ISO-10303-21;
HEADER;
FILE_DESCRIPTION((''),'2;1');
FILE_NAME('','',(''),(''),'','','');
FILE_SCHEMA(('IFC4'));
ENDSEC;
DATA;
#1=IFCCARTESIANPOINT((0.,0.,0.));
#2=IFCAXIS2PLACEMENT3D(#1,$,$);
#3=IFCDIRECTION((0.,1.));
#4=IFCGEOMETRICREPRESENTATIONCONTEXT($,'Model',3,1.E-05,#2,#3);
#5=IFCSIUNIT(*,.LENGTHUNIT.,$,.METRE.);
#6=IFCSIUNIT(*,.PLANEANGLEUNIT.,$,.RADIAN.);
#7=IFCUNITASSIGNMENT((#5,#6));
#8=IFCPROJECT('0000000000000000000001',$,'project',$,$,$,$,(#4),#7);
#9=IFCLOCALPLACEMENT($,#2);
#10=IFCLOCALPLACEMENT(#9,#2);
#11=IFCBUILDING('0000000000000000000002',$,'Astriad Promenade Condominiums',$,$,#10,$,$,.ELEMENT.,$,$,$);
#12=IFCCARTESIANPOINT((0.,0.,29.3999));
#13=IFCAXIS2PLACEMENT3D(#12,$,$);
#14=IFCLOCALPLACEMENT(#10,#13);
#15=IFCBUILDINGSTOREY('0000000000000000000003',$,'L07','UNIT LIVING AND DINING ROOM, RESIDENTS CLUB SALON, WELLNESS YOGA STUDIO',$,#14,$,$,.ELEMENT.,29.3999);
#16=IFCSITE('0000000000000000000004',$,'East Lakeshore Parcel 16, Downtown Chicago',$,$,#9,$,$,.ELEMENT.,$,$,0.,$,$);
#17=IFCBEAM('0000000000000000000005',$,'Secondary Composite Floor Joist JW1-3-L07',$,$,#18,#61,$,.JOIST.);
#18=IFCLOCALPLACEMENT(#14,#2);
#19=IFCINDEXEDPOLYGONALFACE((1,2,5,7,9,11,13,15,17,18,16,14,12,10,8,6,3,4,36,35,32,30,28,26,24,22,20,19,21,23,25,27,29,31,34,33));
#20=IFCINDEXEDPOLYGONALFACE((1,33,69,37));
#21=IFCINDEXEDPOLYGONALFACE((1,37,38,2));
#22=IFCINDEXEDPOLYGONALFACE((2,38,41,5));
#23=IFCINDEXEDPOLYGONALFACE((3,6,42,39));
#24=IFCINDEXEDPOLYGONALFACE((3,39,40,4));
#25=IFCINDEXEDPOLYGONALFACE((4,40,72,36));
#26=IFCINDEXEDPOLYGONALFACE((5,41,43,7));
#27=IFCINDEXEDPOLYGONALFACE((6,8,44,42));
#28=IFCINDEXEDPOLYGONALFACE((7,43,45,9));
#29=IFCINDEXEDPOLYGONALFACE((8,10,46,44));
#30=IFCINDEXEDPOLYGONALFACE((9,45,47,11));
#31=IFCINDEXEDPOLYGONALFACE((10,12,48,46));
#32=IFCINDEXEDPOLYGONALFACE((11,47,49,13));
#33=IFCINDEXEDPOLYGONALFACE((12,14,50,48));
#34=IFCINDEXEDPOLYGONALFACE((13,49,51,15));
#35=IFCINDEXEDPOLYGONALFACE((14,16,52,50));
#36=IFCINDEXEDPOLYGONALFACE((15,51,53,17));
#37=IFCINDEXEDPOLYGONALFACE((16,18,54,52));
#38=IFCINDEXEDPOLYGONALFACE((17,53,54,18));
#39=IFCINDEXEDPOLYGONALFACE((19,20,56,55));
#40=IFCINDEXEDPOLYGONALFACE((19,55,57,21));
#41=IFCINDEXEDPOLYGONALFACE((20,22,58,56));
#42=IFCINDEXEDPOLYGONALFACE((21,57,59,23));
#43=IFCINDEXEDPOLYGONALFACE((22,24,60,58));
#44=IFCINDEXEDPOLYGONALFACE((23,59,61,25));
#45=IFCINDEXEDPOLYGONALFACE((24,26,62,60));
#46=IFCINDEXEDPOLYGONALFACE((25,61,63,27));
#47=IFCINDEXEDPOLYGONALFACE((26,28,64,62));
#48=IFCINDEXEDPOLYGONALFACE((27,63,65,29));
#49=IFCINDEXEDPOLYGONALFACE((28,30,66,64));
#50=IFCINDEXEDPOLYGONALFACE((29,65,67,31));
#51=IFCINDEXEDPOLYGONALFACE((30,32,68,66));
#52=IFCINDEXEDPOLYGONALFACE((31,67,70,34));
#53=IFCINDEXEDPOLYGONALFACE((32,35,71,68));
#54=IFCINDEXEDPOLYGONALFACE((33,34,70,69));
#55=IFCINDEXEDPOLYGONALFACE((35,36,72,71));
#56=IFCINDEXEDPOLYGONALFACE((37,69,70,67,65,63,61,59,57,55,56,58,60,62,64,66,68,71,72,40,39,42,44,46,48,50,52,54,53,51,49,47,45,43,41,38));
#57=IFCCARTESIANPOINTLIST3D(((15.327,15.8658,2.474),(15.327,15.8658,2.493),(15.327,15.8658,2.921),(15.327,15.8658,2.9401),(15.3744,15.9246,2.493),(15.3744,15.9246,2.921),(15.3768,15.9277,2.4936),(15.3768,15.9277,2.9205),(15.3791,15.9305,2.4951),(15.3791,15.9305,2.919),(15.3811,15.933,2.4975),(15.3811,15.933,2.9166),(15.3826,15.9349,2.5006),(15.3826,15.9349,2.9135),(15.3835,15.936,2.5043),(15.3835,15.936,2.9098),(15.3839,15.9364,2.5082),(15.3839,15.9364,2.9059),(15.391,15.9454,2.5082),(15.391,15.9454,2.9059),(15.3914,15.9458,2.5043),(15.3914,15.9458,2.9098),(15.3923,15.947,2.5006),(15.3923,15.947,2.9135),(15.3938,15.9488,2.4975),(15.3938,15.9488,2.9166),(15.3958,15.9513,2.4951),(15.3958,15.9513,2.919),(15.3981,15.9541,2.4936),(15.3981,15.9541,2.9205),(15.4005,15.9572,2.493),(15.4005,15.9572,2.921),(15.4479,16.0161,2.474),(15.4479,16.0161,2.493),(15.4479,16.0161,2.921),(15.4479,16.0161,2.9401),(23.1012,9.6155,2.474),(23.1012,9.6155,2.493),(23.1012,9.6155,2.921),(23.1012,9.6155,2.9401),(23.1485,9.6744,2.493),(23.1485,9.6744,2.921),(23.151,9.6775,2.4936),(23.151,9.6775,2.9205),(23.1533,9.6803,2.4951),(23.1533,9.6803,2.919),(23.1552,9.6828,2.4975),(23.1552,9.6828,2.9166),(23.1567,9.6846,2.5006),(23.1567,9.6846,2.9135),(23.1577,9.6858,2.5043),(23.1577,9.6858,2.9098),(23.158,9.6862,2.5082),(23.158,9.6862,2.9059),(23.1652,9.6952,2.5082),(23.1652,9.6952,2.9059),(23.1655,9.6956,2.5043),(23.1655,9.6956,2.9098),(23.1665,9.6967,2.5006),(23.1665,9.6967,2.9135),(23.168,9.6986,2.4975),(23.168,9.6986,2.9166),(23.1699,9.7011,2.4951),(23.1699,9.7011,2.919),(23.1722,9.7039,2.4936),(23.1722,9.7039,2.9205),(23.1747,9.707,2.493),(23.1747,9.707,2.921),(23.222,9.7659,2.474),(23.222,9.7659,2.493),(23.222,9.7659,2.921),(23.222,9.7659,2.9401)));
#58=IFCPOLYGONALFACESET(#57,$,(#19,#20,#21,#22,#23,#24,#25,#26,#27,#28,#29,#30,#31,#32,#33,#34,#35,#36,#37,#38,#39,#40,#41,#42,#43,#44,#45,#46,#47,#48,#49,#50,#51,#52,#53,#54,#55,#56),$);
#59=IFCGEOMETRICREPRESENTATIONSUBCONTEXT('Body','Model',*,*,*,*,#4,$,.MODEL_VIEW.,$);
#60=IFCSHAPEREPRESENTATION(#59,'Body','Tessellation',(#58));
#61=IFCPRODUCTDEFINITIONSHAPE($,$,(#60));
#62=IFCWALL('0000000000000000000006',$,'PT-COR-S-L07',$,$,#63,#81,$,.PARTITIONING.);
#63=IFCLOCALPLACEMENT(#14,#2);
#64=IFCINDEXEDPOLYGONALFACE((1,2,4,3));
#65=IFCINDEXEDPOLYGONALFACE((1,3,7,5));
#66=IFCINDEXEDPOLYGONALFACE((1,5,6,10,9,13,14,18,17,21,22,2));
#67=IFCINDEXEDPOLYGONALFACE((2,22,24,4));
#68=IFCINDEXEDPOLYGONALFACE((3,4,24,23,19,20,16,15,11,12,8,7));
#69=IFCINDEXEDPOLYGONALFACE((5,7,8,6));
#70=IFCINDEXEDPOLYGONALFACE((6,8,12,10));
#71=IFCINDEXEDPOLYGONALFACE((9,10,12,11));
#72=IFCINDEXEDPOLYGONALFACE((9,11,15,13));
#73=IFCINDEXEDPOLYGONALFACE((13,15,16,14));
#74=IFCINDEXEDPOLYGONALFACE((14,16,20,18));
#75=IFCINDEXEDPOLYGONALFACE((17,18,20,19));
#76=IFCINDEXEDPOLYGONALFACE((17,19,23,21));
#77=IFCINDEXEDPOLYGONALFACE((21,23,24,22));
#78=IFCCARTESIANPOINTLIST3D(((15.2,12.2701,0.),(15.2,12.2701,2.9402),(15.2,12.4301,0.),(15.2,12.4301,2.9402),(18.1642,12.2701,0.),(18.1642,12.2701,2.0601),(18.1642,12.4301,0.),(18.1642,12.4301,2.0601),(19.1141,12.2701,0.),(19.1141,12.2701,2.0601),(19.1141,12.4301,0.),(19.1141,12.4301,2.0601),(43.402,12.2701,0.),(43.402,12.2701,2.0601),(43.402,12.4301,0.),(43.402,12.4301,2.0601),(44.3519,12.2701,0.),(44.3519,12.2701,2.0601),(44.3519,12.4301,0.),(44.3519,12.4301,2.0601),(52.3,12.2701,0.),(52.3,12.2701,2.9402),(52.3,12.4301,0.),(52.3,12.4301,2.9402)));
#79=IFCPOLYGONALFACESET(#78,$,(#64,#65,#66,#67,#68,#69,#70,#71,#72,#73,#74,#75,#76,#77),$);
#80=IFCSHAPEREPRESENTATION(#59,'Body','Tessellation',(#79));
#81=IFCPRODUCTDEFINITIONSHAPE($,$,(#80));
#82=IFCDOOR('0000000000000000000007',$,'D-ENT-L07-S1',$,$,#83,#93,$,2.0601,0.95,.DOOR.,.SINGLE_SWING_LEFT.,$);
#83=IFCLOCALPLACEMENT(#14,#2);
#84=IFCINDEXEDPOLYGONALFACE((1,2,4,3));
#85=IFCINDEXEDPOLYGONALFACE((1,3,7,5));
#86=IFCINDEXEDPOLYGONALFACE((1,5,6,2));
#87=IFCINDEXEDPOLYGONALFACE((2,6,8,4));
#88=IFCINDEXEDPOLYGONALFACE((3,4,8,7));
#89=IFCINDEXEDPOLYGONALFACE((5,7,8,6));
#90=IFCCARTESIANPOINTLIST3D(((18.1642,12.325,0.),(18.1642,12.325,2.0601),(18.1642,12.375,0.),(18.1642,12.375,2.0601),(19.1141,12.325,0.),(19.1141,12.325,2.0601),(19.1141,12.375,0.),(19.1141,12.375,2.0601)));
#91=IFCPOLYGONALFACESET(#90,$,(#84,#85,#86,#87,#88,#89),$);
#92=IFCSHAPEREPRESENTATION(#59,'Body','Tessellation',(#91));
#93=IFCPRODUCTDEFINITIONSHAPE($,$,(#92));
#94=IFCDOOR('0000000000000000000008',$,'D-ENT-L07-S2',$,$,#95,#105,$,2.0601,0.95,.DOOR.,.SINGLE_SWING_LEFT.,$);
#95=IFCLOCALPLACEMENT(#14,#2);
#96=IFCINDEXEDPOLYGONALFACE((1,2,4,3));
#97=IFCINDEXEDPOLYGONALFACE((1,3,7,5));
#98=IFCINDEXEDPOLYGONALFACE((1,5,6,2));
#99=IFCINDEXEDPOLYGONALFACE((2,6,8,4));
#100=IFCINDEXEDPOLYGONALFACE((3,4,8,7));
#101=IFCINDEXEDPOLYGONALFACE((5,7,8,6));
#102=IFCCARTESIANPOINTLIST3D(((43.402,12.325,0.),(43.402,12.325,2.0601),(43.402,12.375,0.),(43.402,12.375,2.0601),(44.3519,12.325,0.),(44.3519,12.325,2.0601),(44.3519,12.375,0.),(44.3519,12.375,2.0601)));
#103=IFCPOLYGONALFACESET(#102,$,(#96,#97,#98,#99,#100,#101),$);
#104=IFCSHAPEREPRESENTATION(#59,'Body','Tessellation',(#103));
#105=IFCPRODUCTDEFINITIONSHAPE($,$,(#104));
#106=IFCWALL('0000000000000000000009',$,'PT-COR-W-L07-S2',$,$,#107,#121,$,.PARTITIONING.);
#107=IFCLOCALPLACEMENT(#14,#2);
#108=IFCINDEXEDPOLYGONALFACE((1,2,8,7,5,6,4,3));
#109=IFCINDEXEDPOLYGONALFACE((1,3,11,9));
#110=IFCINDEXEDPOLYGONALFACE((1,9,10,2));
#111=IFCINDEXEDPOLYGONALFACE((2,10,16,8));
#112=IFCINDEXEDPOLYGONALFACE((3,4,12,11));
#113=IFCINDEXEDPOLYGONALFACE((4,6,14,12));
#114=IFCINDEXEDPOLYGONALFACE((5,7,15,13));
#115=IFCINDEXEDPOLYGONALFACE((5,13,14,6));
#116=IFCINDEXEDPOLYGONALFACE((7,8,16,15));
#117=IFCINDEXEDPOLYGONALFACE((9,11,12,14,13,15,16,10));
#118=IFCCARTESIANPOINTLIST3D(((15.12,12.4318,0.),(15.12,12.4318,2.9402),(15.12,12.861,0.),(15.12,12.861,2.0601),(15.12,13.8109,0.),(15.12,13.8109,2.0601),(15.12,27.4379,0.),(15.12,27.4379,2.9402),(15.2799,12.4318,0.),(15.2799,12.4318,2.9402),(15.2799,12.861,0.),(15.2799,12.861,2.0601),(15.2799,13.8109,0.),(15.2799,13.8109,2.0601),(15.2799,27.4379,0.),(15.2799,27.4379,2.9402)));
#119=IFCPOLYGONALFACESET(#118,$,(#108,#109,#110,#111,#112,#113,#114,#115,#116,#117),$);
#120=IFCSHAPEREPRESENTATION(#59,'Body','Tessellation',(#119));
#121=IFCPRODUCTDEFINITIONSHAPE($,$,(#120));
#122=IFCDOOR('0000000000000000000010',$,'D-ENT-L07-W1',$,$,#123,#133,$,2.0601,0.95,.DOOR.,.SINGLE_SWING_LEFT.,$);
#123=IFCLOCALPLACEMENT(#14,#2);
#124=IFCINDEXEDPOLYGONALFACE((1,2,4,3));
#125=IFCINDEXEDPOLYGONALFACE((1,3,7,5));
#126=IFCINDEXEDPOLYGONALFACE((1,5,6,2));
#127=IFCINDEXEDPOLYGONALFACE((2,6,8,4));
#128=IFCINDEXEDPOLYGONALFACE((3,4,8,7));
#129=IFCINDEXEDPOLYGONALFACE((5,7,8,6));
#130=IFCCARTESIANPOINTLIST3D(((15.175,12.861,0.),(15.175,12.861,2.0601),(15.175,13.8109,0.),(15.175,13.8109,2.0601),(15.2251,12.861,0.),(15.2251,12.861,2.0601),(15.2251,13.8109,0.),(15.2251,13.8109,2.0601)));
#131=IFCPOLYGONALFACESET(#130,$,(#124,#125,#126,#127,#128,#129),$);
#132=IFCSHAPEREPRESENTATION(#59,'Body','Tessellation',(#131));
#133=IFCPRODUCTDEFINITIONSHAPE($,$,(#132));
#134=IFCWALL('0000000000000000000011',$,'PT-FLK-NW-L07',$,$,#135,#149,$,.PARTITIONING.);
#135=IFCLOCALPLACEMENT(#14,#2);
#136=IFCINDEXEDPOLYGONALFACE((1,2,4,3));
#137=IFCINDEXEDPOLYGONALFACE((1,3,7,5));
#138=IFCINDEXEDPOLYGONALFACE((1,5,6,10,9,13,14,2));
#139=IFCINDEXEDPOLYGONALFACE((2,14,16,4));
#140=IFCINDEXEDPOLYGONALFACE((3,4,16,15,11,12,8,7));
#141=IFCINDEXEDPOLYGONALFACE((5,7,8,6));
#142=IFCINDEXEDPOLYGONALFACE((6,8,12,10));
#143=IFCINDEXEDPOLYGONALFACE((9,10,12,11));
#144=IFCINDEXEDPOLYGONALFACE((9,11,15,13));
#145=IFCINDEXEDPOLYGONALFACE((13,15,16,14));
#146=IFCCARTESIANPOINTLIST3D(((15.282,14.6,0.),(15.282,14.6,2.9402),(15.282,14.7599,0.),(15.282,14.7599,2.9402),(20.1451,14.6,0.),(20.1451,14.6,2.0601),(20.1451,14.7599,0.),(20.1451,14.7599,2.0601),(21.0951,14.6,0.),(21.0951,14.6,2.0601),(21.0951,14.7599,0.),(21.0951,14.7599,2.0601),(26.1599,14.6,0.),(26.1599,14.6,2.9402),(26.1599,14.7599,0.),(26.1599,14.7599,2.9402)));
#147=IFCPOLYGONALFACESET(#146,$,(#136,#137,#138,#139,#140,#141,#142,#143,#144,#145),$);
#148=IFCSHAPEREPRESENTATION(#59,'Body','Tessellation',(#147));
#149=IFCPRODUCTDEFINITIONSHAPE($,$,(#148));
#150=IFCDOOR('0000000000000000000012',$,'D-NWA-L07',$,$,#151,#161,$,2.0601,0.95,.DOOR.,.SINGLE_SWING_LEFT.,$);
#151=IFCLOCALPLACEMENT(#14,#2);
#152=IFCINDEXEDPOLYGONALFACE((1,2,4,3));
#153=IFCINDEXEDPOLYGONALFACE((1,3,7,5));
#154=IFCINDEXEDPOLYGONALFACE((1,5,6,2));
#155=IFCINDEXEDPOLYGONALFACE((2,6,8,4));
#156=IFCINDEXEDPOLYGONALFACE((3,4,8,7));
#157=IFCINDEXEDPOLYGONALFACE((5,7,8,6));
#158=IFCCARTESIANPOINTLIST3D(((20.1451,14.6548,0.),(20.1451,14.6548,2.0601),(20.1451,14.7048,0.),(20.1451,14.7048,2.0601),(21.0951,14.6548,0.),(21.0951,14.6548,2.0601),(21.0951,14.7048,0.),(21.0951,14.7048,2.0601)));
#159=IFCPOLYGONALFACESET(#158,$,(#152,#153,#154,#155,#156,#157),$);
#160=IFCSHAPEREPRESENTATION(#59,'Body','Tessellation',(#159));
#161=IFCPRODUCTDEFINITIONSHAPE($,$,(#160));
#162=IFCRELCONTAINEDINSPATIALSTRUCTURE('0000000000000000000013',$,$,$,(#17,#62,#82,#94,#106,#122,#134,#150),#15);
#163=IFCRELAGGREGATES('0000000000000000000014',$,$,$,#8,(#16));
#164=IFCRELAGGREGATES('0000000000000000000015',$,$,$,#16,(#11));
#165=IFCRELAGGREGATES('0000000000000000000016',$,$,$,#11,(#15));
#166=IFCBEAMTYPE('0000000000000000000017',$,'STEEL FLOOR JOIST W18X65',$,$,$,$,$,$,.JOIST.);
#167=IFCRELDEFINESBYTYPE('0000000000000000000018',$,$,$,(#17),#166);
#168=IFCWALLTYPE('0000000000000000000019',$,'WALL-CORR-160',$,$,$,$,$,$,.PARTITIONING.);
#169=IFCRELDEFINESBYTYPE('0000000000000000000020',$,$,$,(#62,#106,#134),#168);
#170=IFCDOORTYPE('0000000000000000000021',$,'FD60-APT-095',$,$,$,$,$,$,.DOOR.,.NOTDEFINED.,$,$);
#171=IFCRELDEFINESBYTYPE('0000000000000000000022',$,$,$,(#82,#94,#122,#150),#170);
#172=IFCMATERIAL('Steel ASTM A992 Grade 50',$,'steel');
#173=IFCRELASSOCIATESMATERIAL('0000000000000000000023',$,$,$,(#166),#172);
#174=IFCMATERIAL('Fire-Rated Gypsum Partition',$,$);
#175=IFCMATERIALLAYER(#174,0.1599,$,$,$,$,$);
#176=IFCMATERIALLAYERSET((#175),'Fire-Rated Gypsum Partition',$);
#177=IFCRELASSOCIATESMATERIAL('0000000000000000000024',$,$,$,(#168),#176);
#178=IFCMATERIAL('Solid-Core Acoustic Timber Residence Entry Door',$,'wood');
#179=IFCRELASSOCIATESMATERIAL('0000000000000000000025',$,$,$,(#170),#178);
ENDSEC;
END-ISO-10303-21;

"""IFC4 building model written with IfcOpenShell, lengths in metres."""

from ifc_helpers import new_model, si_unit, direction, frame, frame_2d, origin, origin_2d, place, context, subcontext, project, spatial, rectangle, i_section, extrude, source, transform, mapped, material, layer, layer_set, material_profile, profile_set, type_object, type_shapes, element, fill, save


model = new_model("IFC4")

# Units and contexts
model_context = context("Model", 3, precision=1e-05, world=origin(), true_north=direction((0.0, 1.0)))
body_context = subcontext(model_context, "Body", "Model", "MODEL_VIEW")
ifc_project = project(units=[si_unit("LENGTHUNIT", "METRE"), si_unit("PLANEANGLEUNIT", "RADIAN")], contexts=[model_context])

# Site, building, storey
site_placement = place(None, origin())
site = spatial("IfcSite", under=ifc_project, at=site_placement, Name="East Lakeshore Parcel 16, Downtown Chicago", CompositionType="ELEMENT", RefElevation=0.0)
building_placement = place(site_placement, origin())
building = spatial("IfcBuilding", under=site, at=building_placement, Name="Astriad Promenade Condominiums", CompositionType="ELEMENT")
storey_placement = place(building_placement, frame((0.0, 0.0, 29.3999)))
storey = spatial("IfcBuildingStorey", under=building, at=storey_placement, Name="L07", Description="UNIT LIVING AND DINING ROOM, RESIDENTS CLUB SALON, WELLNESS YOGA STUDIO", CompositionType="ELEMENT", Elevation=29.3999)

# Beam
ifc_material_1 = material(Name="Steel ASTM A992 Grade 50", Category="steel")
ifc_material_profile = material_profile(ifc_material_1, i_section(OverallWidth=0.1929, OverallDepth=0.4661, WebThickness=0.0115, FlangeThickness=0.019, FilletRadius=0.0151, at=origin_2d()), Name="W18X65")
ifc_profile_set = profile_set([ifc_material_profile], Name="Steel ASTM A992 Grade 50")
beam_type = type_object("IfcBeamType", Name="STEEL FLOOR JOIST W18X65", PredefinedType="JOIST", material=ifc_profile_set)
shared_shape_1 = source(origin(), body_context, "Body", "SweptSolid", [
    extrude(i_section(OverallWidth=0.1929, OverallDepth=0.4661, WebThickness=0.0115, FlangeThickness=0.019, FilletRadius=0.0151, at=origin_2d()), origin(), (0.0, 0.0, 1.0), 9.9751),
])
type_shapes(beam_type, [shared_shape_1])
beam_placement = place(storey_placement, frame((15.3875, 15.9409, 2.707), z_axis=(0.779355, -0.626583, 0.0), x_axis=(0.626583, 0.779355, 0.0)))
element("IfcBeam", 1, at=beam_placement, inside=storey, type_object=beam_type, Name="Secondary Composite Floor Joist JW1-3-L07", PredefinedType="JOIST", context=body_context, shape_type="MappedRepresentation", body=[
    mapped(shared_shape_1, transform((0.0, 0.0, 0.0), scale=1.0)),
])

# Wall, openings, doors
ifc_material_2 = material(Name="Fire-Rated Gypsum Partition")
ifc_layer_1 = layer(ifc_material_2, 0.1599)
ifc_layer_set_1 = layer_set([ifc_layer_1], Name="Fire-Rated Gypsum Partition")
wall_type_1 = type_object("IfcWallType", Name="WALL-CORR-160", PredefinedType="PARTITIONING", material=ifc_layer_set_1)
wall_1_placement = place(storey_placement, frame((15.2, 12.3501, 0.0), z_axis=(0.0, 0.0, 1.0), x_axis=(1.0, 0.0, 0.0)))
wall_1 = element("IfcWall", 2, at=wall_1_placement, inside=storey, type_object=wall_type_1, Name="PT-COR-S-L07", PredefinedType="PARTITIONING", context=body_context, shape_type="SweptSolid", body=[
    extrude(rectangle(XDim=37.1001, YDim=0.1599, at=frame_2d((18.55, 0.0))), origin(), (0.0, 0.0, 1.0), 2.9402),
])
opening_1_placement = place(wall_1_placement, frame((2.9641, 0.0, 0.0)))
opening_1 = element("IfcOpeningElement", 3, at=opening_1_placement, cuts=wall_1, PredefinedType="OPENING", context=body_context, shape_type="SweptSolid", body=[
    extrude(rectangle(XDim=0.95, YDim=2.0601, at=frame_2d((0.4751, 1.03))), frame((0.0, 0.0898, 0.0), z_axis=(0.0, -1.0, 0.0), x_axis=(1.0, 0.0, 0.0)), (0.0, 0.0, 1.0), 0.1799),
])
opening_2_placement = place(wall_1_placement, frame((28.2019, 0.0, 0.0)))
opening_2 = element("IfcOpeningElement", 4, at=opening_2_placement, cuts=wall_1, PredefinedType="OPENING", context=body_context, shape_type="SweptSolid", body=[
    extrude(rectangle(XDim=0.95, YDim=2.0601, at=frame_2d((0.4751, 1.03))), frame((0.0, 0.0898, 0.0), z_axis=(0.0, -1.0, 0.0), x_axis=(1.0, 0.0, 0.0)), (0.0, 0.0, 1.0), 0.1799),
])
ifc_material_3 = material(Name="Solid-Core Acoustic Timber Residence Entry Door", Category="wood")
door_type_1 = type_object("IfcDoorType", Name="FD60-APT-095", OperationType="NOTDEFINED", PredefinedType="DOOR", material=ifc_material_3)
shared_shape_2 = source(origin(), body_context, "Body", "SweptSolid", [
    extrude(rectangle(XDim=0.95, YDim=2.0601, at=frame_2d((0.4751, 1.03))), frame((0.0, 0.0249, 0.0), z_axis=(0.0, -1.0, 0.0), x_axis=(1.0, 0.0, 0.0)), (0.0, 0.0, 1.0), 0.05),
])
type_shapes(door_type_1, [shared_shape_2])
door_1_placement = place(opening_1_placement, origin())
door_1 = element("IfcDoor", 5, at=door_1_placement, inside=storey, type_object=door_type_1, Name="D-ENT-L07-S1", OperationType="SINGLE_SWING_LEFT", OverallHeight=2.0601, OverallWidth=0.95, PredefinedType="DOOR", context=body_context, shape_type="MappedRepresentation", body=[
    mapped(shared_shape_2, transform((0.0, 0.0, 0.0), scale=1.0)),
])
fill(opening_1, door_1)
door_2_placement = place(opening_2_placement, origin())
door_2 = element("IfcDoor", 6, at=door_2_placement, inside=storey, type_object=door_type_1, Name="D-ENT-L07-S2", OperationType="SINGLE_SWING_LEFT", OverallHeight=2.0601, OverallWidth=0.95, PredefinedType="DOOR", context=body_context, shape_type="MappedRepresentation", body=[
    mapped(shared_shape_2, transform((0.0, 0.0, 0.0), scale=1.0)),
])
fill(opening_2, door_2)

# Walls, openings, doors
wall_2_placement = place(storey_placement, frame((15.2, 12.4319, 0.0), z_axis=(0.0, 0.0, 1.0), x_axis=(0.0, 1.0, 0.0)))
wall_2 = element("IfcWall", 7, at=wall_2_placement, inside=storey, type_object=wall_type_1, Name="PT-COR-W-L07-S2", PredefinedType="PARTITIONING", context=body_context, shape_type="SweptSolid", body=[
    extrude(rectangle(XDim=15.0061, YDim=0.1599, at=frame_2d((7.5029, 0.0))), origin(), (0.0, 0.0, 1.0), 2.9402),
])
opening_3_placement = place(wall_2_placement, frame((0.429, 0.0, 0.0)))
opening_3 = element("IfcOpeningElement", 8, at=opening_3_placement, cuts=wall_2, PredefinedType="OPENING", context=body_context, shape_type="SweptSolid", body=[
    extrude(rectangle(XDim=0.95, YDim=2.0601, at=frame_2d((0.4751, 1.03))), frame((0.0, 0.0898, 0.0), z_axis=(0.0, -1.0, 0.0), x_axis=(1.0, 0.0, 0.0)), (0.0, 0.0, 1.0), 0.1799),
])
door_3_placement = place(opening_3_placement, origin())
door_3 = element("IfcDoor", 9, at=door_3_placement, inside=storey, type_object=door_type_1, Name="D-ENT-L07-W1", OperationType="SINGLE_SWING_LEFT", OverallHeight=2.0601, OverallWidth=0.95, PredefinedType="DOOR", context=body_context, shape_type="MappedRepresentation", body=[
    mapped(shared_shape_2, transform((0.0, 0.0, 0.0), scale=1.0)),
])
fill(opening_3, door_3)
wall_3_placement = place(storey_placement, frame((15.282, 14.6799, 0.0), z_axis=(0.0, 0.0, 1.0), x_axis=(1.0, 0.0, 0.0)))
wall_3 = element("IfcWall", 10, at=wall_3_placement, inside=storey, type_object=wall_type_1, Name="PT-FLK-NW-L07", PredefinedType="PARTITIONING", context=body_context, shape_type="SweptSolid", body=[
    extrude(rectangle(XDim=10.8779, YDim=0.1599, at=frame_2d((5.439, 0.0))), origin(), (0.0, 0.0, 1.0), 2.9402),
])
opening_4_placement = place(wall_3_placement, frame((4.863, 0.0, 0.0)))
opening_4 = element("IfcOpeningElement", 11, at=opening_4_placement, cuts=wall_3, PredefinedType="OPENING", context=body_context, shape_type="SweptSolid", body=[
    extrude(rectangle(XDim=0.95, YDim=2.0601, at=frame_2d((0.4751, 1.03))), frame((0.0, 0.0898, 0.0), z_axis=(0.0, -1.0, 0.0), x_axis=(1.0, 0.0, 0.0)), (0.0, 0.0, 1.0), 0.1799),
])
door_4_placement = place(opening_4_placement, origin())
door_4 = element("IfcDoor", 12, at=door_4_placement, inside=storey, type_object=door_type_1, Name="D-NWA-L07", OperationType="SINGLE_SWING_LEFT", OverallHeight=2.0601, OverallWidth=0.95, PredefinedType="DOOR", context=body_context, shape_type="MappedRepresentation", body=[
    mapped(shared_shape_2, transform((0.0, 0.0, 0.0), scale=1.0)),
])
fill(opening_4, door_4)

save(model, "model.ifc")
